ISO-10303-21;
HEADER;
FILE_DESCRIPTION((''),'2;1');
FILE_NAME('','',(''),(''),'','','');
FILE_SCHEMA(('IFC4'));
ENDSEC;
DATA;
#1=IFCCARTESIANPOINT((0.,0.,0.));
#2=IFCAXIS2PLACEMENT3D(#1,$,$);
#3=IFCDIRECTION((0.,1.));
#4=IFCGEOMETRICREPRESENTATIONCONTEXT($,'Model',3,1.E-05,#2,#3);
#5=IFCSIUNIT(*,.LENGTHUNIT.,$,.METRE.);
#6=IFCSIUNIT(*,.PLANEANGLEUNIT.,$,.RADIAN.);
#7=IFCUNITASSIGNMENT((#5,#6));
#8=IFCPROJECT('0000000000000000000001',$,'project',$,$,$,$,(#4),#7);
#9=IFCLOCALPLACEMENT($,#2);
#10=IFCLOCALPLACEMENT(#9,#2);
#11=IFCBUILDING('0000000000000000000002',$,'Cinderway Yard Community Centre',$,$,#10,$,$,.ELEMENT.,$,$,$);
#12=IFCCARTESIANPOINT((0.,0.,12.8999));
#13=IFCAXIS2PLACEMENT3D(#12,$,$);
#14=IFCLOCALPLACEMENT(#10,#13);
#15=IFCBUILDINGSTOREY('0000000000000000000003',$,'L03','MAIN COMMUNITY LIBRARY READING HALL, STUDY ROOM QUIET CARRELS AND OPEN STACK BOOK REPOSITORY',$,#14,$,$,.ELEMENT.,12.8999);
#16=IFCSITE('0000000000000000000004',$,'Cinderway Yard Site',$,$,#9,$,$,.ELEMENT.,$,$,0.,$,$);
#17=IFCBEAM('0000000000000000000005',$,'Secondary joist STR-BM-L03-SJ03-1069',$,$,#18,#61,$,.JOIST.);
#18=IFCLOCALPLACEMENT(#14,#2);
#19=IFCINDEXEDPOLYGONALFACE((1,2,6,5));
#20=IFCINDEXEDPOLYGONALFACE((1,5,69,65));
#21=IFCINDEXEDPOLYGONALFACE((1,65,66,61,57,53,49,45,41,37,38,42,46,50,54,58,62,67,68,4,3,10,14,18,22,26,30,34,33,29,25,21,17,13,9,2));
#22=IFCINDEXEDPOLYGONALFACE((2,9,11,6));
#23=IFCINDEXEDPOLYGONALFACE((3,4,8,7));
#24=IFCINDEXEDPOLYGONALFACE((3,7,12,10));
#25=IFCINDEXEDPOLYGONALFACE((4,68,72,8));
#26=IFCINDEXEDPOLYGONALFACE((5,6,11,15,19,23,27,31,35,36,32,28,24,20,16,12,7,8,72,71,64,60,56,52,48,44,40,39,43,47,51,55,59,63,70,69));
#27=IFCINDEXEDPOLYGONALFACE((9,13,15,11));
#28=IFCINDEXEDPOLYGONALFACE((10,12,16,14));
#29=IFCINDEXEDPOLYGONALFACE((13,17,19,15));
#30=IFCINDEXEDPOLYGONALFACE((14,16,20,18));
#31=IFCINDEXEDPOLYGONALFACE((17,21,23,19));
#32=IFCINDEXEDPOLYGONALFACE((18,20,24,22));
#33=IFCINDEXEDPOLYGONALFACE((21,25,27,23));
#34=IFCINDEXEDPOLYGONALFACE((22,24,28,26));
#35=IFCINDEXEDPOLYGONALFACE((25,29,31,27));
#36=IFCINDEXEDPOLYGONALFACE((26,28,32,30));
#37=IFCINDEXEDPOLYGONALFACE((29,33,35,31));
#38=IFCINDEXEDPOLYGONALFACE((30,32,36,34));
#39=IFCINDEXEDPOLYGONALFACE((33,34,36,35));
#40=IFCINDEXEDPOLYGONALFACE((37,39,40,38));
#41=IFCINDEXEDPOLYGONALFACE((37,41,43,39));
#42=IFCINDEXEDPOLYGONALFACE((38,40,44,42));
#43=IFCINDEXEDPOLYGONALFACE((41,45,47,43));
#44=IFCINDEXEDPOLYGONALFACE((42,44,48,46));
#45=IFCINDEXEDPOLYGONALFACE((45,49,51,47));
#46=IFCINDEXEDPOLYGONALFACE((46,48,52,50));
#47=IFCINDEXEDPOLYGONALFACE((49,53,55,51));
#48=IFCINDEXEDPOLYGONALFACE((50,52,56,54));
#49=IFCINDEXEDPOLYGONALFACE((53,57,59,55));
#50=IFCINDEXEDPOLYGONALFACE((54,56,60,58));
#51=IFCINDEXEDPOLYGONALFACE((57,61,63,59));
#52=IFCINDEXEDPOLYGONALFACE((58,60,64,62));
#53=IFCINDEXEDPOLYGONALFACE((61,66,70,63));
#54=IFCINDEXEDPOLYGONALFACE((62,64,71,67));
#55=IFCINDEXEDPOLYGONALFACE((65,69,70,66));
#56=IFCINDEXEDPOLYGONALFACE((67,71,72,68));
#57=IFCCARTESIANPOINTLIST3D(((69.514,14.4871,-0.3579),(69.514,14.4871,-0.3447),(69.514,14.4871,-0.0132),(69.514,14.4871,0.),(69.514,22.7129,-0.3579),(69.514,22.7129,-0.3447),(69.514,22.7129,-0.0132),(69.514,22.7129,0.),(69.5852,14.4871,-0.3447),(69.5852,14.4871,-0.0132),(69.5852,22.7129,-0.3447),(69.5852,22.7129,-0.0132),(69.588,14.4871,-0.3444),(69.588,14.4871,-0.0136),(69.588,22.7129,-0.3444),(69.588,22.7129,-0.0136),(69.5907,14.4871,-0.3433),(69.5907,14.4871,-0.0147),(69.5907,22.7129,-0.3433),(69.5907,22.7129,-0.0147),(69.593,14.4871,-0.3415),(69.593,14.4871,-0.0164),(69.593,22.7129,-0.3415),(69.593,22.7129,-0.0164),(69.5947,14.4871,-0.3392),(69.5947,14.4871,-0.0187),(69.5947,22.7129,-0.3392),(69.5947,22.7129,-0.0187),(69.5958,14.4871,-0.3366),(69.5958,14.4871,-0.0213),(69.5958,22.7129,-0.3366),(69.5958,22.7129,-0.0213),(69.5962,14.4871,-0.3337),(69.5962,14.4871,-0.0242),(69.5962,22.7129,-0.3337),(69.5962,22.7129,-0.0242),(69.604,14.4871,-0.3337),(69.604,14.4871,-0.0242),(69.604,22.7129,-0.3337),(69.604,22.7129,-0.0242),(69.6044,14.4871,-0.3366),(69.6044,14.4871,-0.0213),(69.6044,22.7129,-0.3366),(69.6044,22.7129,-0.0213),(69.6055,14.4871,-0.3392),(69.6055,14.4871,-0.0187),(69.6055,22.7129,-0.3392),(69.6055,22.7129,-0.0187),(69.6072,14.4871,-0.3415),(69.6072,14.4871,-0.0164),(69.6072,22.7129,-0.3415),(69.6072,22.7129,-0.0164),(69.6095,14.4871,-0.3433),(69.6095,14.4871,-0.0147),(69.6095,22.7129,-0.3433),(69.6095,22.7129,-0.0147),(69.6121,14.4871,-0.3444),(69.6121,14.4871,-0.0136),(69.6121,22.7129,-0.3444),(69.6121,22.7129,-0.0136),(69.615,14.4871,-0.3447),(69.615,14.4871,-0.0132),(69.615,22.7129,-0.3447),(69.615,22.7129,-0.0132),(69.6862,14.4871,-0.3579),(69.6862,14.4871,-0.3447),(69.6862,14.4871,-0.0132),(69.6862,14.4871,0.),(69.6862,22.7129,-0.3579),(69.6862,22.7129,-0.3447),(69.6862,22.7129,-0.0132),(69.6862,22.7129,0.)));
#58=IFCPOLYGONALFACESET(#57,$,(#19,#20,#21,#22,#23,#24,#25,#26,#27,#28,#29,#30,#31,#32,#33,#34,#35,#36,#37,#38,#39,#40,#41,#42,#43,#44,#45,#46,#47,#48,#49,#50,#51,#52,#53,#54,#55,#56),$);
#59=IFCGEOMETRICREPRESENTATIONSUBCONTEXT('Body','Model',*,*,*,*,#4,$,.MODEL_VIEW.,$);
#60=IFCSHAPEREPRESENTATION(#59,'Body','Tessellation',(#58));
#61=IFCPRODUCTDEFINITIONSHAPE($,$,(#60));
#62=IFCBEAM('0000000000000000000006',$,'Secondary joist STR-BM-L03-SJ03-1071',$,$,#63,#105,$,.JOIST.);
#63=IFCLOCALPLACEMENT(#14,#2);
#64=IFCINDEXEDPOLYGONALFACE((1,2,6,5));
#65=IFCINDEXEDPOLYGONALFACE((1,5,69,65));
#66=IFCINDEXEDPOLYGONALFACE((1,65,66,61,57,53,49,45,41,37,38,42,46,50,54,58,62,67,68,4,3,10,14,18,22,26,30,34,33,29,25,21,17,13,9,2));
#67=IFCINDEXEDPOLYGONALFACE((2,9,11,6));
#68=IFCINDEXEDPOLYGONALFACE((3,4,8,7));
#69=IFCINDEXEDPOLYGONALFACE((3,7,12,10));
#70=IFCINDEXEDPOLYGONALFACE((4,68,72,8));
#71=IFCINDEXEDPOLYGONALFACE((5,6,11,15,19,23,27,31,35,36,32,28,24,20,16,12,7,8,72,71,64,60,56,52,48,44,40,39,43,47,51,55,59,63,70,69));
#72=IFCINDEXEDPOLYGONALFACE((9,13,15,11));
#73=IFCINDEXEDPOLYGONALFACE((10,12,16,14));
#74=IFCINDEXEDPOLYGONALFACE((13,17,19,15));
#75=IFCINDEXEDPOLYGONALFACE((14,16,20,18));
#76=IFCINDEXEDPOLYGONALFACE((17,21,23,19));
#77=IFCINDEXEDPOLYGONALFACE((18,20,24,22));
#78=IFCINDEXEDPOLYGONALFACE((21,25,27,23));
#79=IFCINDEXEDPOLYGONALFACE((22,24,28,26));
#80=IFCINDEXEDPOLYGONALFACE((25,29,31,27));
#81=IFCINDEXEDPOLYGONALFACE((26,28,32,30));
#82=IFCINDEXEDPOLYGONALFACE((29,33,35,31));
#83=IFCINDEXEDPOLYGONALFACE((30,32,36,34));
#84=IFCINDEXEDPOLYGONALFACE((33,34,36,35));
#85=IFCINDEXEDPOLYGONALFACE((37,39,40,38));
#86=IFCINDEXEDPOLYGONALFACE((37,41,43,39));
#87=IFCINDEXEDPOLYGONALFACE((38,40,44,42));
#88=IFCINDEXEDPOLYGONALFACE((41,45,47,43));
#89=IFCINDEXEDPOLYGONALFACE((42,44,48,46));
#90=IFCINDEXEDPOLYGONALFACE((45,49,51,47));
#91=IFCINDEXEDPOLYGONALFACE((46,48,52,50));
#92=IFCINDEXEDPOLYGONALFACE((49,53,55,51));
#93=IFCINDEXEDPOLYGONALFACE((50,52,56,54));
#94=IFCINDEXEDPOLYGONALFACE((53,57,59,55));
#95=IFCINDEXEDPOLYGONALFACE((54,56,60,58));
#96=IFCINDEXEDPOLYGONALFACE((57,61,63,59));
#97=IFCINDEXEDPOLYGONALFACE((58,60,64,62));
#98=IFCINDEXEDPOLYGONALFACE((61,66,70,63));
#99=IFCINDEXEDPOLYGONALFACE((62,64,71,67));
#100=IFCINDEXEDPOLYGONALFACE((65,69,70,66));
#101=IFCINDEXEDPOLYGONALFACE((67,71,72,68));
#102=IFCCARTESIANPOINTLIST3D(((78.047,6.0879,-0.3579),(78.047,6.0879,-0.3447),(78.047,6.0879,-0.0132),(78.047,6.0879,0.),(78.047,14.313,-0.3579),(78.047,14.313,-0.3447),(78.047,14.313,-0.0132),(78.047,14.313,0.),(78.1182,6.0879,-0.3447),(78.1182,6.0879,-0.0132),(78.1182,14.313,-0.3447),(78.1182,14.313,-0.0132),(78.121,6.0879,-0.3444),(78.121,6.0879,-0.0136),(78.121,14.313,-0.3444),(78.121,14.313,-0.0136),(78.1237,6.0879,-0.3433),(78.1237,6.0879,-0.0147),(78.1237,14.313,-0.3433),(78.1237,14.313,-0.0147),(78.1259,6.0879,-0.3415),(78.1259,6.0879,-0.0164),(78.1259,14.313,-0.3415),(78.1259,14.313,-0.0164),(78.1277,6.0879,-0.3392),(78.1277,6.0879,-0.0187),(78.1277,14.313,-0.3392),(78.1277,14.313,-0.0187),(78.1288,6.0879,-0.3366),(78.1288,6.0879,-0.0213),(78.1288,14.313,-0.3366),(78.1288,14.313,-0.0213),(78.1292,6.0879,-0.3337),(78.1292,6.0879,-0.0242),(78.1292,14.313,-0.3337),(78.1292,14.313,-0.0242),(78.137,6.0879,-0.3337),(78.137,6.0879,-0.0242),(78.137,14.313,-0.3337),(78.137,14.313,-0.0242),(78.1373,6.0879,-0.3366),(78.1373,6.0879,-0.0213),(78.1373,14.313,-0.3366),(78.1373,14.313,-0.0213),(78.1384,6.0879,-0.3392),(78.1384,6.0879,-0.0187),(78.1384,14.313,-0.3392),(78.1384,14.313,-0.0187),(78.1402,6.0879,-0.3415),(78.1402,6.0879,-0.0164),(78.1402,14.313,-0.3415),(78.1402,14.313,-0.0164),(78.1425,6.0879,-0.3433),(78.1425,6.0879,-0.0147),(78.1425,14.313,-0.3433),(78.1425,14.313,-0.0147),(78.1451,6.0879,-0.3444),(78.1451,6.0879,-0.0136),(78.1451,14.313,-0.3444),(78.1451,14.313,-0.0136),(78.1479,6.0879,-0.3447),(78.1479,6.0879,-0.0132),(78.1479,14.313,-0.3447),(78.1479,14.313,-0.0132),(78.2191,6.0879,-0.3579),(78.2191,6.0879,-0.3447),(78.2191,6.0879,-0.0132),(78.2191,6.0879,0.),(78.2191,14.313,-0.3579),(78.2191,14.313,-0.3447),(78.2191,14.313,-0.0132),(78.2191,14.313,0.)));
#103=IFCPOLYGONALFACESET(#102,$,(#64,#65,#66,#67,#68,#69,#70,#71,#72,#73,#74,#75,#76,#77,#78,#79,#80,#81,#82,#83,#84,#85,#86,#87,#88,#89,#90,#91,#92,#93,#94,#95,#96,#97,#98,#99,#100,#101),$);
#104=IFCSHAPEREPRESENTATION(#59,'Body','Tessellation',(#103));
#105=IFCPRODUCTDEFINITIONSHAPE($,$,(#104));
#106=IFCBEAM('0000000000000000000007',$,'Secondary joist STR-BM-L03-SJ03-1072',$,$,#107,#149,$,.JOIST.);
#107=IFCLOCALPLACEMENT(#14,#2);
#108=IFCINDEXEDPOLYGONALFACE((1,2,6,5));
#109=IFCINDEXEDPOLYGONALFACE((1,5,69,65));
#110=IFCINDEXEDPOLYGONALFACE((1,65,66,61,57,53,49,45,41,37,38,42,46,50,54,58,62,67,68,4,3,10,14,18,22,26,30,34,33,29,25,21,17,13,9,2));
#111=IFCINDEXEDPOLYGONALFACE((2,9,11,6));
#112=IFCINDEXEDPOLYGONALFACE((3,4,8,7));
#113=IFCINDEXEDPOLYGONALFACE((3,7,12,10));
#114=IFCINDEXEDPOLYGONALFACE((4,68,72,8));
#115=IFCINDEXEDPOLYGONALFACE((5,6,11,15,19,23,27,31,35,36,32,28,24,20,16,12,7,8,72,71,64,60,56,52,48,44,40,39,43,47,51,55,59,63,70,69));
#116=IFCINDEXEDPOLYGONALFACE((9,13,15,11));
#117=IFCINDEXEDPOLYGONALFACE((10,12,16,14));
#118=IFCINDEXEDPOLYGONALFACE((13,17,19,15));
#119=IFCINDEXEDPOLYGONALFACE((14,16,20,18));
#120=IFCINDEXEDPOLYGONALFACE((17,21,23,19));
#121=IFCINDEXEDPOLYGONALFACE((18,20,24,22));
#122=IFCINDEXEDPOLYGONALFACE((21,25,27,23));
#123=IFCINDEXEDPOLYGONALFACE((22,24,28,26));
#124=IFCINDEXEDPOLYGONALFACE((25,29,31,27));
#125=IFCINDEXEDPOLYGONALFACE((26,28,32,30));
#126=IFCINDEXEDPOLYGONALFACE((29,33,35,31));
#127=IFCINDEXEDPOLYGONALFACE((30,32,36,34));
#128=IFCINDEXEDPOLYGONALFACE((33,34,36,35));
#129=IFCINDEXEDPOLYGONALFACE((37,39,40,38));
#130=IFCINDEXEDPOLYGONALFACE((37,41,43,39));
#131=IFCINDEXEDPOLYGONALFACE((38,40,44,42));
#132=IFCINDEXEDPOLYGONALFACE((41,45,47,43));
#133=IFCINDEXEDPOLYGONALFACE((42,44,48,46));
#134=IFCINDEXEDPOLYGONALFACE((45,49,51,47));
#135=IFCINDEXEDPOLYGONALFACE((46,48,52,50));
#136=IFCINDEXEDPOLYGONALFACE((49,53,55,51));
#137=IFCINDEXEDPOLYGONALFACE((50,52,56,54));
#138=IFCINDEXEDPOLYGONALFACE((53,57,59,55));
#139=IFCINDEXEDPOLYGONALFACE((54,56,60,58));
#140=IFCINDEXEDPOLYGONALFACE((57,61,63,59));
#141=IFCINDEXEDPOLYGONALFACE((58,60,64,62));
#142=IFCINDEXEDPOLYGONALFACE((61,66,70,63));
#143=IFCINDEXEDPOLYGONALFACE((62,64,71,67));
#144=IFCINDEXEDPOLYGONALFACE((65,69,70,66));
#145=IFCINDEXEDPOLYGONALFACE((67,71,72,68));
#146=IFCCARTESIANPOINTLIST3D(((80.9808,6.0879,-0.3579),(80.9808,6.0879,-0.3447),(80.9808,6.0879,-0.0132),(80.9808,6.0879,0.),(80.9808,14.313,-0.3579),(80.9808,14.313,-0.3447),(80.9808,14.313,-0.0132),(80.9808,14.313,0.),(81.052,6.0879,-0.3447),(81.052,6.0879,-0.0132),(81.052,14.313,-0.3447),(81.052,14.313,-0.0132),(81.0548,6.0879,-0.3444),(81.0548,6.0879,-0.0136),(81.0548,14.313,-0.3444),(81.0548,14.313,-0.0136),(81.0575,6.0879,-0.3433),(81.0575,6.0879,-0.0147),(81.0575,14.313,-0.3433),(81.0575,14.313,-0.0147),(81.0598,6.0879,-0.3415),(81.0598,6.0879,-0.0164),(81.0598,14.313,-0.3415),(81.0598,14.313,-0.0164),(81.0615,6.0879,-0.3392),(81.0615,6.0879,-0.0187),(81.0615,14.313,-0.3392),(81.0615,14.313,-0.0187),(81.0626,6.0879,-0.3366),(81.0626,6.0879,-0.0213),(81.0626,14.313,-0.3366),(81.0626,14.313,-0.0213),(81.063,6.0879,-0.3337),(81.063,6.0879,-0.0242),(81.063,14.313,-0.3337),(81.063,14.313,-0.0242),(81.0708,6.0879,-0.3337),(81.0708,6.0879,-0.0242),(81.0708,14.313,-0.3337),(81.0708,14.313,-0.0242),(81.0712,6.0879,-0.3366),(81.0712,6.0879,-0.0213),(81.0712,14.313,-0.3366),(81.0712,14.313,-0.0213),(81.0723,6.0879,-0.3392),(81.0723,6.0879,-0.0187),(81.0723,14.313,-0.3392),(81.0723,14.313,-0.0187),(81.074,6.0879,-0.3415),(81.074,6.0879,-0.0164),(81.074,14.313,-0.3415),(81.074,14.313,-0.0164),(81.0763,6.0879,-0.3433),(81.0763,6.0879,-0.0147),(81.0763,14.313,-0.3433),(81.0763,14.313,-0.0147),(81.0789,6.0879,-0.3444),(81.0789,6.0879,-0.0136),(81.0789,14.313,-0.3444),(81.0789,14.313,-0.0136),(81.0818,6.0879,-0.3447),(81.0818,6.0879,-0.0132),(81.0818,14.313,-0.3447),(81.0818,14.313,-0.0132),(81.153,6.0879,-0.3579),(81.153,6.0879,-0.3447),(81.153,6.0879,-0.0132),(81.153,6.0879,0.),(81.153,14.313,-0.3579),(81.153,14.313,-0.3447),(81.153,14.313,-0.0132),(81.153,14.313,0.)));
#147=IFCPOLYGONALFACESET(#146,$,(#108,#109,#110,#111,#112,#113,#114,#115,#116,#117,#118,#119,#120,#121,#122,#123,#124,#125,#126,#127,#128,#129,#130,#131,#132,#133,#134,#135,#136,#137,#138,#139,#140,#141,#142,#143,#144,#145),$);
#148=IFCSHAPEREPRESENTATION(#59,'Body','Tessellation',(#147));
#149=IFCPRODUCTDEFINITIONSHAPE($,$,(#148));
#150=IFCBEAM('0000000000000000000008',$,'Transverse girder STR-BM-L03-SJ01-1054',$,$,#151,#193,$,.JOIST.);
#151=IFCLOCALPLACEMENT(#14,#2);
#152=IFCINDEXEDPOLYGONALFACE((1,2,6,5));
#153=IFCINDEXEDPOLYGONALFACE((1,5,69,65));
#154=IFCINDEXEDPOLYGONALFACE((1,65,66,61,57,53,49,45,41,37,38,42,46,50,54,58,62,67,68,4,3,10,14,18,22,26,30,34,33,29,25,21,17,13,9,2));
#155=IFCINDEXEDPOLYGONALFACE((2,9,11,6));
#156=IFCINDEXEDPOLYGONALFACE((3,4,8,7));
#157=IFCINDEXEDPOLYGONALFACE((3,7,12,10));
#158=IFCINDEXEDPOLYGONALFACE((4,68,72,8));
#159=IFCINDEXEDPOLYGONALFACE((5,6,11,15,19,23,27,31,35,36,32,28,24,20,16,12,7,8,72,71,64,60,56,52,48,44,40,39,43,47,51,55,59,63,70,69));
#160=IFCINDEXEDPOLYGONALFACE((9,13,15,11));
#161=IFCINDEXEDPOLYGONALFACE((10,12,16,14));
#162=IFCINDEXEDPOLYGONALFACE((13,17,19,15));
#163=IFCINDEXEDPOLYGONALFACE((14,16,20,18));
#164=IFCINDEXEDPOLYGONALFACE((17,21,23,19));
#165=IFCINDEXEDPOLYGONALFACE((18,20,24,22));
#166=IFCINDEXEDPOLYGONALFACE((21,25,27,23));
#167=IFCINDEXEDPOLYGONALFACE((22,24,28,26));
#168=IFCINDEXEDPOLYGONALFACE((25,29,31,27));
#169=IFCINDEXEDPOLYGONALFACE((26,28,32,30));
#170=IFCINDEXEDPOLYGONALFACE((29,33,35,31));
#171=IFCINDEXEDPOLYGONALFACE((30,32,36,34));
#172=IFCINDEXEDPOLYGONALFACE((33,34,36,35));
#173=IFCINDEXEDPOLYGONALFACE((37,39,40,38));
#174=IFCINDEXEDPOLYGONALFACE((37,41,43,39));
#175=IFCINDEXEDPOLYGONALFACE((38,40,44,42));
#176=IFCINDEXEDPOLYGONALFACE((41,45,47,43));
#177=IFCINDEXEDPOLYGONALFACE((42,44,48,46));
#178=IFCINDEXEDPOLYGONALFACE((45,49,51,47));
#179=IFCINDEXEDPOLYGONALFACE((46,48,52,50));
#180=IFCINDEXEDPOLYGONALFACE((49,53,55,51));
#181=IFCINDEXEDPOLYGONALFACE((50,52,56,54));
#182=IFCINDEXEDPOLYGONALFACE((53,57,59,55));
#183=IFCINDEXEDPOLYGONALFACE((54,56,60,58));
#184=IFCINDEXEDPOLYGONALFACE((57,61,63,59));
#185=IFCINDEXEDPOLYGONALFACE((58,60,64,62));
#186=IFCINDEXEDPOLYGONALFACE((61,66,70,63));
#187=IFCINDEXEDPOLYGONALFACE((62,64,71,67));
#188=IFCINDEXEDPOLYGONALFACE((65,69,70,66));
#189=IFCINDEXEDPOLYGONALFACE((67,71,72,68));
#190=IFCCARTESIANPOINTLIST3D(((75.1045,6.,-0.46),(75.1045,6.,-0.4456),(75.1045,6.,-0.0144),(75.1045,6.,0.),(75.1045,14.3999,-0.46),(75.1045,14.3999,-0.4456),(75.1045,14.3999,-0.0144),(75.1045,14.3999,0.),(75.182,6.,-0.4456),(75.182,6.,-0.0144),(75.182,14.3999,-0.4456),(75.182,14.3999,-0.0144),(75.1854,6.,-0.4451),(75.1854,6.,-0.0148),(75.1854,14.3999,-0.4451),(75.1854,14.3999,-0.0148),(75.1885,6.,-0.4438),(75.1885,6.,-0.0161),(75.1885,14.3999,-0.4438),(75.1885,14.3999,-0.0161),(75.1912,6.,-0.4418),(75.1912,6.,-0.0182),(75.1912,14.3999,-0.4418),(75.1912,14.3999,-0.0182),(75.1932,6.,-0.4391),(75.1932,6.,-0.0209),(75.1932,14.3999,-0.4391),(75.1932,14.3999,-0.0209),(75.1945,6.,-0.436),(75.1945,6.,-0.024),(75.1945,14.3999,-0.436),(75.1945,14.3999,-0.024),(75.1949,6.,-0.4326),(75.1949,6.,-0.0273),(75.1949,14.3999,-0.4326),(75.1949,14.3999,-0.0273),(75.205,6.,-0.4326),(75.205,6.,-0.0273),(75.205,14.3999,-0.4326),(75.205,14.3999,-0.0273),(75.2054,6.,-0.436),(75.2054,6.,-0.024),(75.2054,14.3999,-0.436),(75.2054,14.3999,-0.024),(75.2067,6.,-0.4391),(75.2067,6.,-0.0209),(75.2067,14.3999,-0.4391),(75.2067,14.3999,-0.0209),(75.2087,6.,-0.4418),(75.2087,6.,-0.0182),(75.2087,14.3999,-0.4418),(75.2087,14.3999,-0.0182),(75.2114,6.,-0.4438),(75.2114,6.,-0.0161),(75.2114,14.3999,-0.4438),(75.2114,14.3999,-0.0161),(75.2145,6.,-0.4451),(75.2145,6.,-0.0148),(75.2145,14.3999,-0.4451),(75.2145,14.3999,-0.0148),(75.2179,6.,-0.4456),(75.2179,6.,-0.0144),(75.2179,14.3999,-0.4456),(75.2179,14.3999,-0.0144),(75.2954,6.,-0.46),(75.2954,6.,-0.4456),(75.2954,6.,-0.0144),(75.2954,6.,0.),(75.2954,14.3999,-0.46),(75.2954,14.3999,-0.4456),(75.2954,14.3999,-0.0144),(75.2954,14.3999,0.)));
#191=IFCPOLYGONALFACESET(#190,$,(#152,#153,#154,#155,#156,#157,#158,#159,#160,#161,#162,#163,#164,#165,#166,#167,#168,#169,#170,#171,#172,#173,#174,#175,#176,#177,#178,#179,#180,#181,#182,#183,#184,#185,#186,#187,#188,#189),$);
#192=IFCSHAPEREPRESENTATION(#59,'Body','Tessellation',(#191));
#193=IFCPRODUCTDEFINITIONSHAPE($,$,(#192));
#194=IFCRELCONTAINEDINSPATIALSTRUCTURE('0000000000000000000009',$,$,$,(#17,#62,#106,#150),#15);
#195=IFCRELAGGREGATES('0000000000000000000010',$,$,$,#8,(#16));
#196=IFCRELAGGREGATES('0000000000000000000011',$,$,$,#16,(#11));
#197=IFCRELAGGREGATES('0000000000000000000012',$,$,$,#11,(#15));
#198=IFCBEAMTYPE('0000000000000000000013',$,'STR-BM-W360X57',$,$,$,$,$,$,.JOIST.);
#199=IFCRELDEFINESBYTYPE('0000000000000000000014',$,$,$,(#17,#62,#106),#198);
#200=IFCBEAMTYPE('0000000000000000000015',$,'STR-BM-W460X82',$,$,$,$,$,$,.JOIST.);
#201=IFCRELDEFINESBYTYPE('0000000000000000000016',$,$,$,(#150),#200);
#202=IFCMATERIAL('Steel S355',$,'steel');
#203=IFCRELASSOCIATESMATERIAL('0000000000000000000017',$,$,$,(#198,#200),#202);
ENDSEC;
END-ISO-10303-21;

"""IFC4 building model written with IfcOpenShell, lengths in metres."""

from ifc_helpers import new_model, si_unit, direction, frame, origin, origin_2d, place, context, subcontext, project, spatial, i_section, extrude, material, material_profile, profile_set, type_object, element, save


model = new_model("IFC4")

# Units and contexts
model_context = context("Model", 3, precision=1e-05, world=origin(), true_north=direction((0.0, 1.0)))
body_context = subcontext(model_context, "Body", "Model", "MODEL_VIEW")
ifc_project = project(units=[si_unit("LENGTHUNIT", "METRE"), si_unit("PLANEANGLEUNIT", "RADIAN")], contexts=[model_context])

# Site, building, storey
site_placement = place(None, origin())
site = spatial("IfcSite", under=ifc_project, at=site_placement, Name="Cinderway Yard Site", CompositionType="ELEMENT", RefElevation=0.0)
building_placement = place(site_placement, origin())
building = spatial("IfcBuilding", under=site, at=building_placement, Name="Cinderway Yard Community Centre", CompositionType="ELEMENT")
storey_placement = place(building_placement, frame((0.0, 0.0, 12.8999)))
storey = spatial("IfcBuildingStorey", under=building, at=storey_placement, Name="L03", Description="MAIN COMMUNITY LIBRARY READING HALL, STUDY ROOM QUIET CARRELS AND OPEN STACK BOOK REPOSITORY", CompositionType="ELEMENT", Elevation=12.8999)

# Shared definitions
ifc_material_1 = material(Name="Steel S355", Category="steel")

# Beams
ifc_material_profile_1 = material_profile(ifc_material_1, i_section(OverallWidth=0.1721, OverallDepth=0.3579, WebThickness=0.0078, FlangeThickness=0.0132, FilletRadius=0.011, at=origin_2d()), Name="Steel S355")
ifc_profile_set_1 = profile_set([ifc_material_profile_1], Name="Steel S355")
beam_type_1 = type_object("IfcBeamType", Name="STR-BM-W360X57", PredefinedType="JOIST", material=ifc_profile_set_1)
beam_1_placement = place(storey_placement, frame((69.6001, 14.4871, -0.179), z_axis=(0.0, 1.0, 0.0), x_axis=(-1.0, 0.0, 0.0)))
element("IfcBeam", 1, at=beam_1_placement, inside=storey, type_object=beam_type_1, Name="Secondary joist STR-BM-L03-SJ03-1069", PredefinedType="JOIST", context=body_context, shape_type="SweptSolid", body=[
    extrude(i_section(OverallWidth=0.1721, OverallDepth=0.3579, WebThickness=0.0078, FlangeThickness=0.0132, FilletRadius=0.011, at=origin_2d()), origin(), (0.0, 0.0, 1.0), 8.2258),
])
for number, where, z_axis, x_axis, name in (
    (2, (78.1331, 6.0879, -0.179), (0.0, 1.0, 0.0), (-1.0, 0.0, 0.0), "Secondary joist STR-BM-L03-SJ03-1071"),
    (3, (81.0669, 6.0879, -0.179), (0.0, 1.0, 0.0), (-1.0, 0.0, 0.0), "Secondary joist STR-BM-L03-SJ03-1072"),
):
    element("IfcBeam", number, at=place(storey_placement, frame(where, z_axis=z_axis, x_axis=x_axis)), inside=storey, type_object=beam_type_1, Name=name, PredefinedType="JOIST", context=body_context, shape_type="SweptSolid", body=[
        extrude(i_section(OverallWidth=0.1721, OverallDepth=0.3579, WebThickness=0.0078, FlangeThickness=0.0132, FilletRadius=0.011, at=origin_2d()), origin(), (0.0, 0.0, 1.0), 8.2251),
    ])
ifc_material_profile_2 = material_profile(ifc_material_1, i_section(OverallWidth=0.1909, OverallDepth=0.46, WebThickness=0.01, FlangeThickness=0.0144, FilletRadius=0.0129, at=origin_2d()), Name="Steel S355")
ifc_profile_set_2 = profile_set([ifc_material_profile_2], Name="Steel S355")
beam_type_2 = type_object("IfcBeamType", Name="STR-BM-W460X82", PredefinedType="JOIST", material=ifc_profile_set_2)
beam_2_placement = place(storey_placement, frame((75.2, 6.0, -0.23), z_axis=(0.0, 1.0, 0.0), x_axis=(-1.0, 0.0, 0.0)))
element("IfcBeam", 4, at=beam_2_placement, inside=storey, type_object=beam_type_2, Name="Transverse girder STR-BM-L03-SJ01-1054", PredefinedType="JOIST", context=body_context, shape_type="SweptSolid", body=[
    extrude(i_section(OverallWidth=0.1909, OverallDepth=0.46, WebThickness=0.01, FlangeThickness=0.0144, FilletRadius=0.0129, at=origin_2d()), origin(), (0.0, 0.0, 1.0), 8.3999),
])

save(model, "model.ifc")
